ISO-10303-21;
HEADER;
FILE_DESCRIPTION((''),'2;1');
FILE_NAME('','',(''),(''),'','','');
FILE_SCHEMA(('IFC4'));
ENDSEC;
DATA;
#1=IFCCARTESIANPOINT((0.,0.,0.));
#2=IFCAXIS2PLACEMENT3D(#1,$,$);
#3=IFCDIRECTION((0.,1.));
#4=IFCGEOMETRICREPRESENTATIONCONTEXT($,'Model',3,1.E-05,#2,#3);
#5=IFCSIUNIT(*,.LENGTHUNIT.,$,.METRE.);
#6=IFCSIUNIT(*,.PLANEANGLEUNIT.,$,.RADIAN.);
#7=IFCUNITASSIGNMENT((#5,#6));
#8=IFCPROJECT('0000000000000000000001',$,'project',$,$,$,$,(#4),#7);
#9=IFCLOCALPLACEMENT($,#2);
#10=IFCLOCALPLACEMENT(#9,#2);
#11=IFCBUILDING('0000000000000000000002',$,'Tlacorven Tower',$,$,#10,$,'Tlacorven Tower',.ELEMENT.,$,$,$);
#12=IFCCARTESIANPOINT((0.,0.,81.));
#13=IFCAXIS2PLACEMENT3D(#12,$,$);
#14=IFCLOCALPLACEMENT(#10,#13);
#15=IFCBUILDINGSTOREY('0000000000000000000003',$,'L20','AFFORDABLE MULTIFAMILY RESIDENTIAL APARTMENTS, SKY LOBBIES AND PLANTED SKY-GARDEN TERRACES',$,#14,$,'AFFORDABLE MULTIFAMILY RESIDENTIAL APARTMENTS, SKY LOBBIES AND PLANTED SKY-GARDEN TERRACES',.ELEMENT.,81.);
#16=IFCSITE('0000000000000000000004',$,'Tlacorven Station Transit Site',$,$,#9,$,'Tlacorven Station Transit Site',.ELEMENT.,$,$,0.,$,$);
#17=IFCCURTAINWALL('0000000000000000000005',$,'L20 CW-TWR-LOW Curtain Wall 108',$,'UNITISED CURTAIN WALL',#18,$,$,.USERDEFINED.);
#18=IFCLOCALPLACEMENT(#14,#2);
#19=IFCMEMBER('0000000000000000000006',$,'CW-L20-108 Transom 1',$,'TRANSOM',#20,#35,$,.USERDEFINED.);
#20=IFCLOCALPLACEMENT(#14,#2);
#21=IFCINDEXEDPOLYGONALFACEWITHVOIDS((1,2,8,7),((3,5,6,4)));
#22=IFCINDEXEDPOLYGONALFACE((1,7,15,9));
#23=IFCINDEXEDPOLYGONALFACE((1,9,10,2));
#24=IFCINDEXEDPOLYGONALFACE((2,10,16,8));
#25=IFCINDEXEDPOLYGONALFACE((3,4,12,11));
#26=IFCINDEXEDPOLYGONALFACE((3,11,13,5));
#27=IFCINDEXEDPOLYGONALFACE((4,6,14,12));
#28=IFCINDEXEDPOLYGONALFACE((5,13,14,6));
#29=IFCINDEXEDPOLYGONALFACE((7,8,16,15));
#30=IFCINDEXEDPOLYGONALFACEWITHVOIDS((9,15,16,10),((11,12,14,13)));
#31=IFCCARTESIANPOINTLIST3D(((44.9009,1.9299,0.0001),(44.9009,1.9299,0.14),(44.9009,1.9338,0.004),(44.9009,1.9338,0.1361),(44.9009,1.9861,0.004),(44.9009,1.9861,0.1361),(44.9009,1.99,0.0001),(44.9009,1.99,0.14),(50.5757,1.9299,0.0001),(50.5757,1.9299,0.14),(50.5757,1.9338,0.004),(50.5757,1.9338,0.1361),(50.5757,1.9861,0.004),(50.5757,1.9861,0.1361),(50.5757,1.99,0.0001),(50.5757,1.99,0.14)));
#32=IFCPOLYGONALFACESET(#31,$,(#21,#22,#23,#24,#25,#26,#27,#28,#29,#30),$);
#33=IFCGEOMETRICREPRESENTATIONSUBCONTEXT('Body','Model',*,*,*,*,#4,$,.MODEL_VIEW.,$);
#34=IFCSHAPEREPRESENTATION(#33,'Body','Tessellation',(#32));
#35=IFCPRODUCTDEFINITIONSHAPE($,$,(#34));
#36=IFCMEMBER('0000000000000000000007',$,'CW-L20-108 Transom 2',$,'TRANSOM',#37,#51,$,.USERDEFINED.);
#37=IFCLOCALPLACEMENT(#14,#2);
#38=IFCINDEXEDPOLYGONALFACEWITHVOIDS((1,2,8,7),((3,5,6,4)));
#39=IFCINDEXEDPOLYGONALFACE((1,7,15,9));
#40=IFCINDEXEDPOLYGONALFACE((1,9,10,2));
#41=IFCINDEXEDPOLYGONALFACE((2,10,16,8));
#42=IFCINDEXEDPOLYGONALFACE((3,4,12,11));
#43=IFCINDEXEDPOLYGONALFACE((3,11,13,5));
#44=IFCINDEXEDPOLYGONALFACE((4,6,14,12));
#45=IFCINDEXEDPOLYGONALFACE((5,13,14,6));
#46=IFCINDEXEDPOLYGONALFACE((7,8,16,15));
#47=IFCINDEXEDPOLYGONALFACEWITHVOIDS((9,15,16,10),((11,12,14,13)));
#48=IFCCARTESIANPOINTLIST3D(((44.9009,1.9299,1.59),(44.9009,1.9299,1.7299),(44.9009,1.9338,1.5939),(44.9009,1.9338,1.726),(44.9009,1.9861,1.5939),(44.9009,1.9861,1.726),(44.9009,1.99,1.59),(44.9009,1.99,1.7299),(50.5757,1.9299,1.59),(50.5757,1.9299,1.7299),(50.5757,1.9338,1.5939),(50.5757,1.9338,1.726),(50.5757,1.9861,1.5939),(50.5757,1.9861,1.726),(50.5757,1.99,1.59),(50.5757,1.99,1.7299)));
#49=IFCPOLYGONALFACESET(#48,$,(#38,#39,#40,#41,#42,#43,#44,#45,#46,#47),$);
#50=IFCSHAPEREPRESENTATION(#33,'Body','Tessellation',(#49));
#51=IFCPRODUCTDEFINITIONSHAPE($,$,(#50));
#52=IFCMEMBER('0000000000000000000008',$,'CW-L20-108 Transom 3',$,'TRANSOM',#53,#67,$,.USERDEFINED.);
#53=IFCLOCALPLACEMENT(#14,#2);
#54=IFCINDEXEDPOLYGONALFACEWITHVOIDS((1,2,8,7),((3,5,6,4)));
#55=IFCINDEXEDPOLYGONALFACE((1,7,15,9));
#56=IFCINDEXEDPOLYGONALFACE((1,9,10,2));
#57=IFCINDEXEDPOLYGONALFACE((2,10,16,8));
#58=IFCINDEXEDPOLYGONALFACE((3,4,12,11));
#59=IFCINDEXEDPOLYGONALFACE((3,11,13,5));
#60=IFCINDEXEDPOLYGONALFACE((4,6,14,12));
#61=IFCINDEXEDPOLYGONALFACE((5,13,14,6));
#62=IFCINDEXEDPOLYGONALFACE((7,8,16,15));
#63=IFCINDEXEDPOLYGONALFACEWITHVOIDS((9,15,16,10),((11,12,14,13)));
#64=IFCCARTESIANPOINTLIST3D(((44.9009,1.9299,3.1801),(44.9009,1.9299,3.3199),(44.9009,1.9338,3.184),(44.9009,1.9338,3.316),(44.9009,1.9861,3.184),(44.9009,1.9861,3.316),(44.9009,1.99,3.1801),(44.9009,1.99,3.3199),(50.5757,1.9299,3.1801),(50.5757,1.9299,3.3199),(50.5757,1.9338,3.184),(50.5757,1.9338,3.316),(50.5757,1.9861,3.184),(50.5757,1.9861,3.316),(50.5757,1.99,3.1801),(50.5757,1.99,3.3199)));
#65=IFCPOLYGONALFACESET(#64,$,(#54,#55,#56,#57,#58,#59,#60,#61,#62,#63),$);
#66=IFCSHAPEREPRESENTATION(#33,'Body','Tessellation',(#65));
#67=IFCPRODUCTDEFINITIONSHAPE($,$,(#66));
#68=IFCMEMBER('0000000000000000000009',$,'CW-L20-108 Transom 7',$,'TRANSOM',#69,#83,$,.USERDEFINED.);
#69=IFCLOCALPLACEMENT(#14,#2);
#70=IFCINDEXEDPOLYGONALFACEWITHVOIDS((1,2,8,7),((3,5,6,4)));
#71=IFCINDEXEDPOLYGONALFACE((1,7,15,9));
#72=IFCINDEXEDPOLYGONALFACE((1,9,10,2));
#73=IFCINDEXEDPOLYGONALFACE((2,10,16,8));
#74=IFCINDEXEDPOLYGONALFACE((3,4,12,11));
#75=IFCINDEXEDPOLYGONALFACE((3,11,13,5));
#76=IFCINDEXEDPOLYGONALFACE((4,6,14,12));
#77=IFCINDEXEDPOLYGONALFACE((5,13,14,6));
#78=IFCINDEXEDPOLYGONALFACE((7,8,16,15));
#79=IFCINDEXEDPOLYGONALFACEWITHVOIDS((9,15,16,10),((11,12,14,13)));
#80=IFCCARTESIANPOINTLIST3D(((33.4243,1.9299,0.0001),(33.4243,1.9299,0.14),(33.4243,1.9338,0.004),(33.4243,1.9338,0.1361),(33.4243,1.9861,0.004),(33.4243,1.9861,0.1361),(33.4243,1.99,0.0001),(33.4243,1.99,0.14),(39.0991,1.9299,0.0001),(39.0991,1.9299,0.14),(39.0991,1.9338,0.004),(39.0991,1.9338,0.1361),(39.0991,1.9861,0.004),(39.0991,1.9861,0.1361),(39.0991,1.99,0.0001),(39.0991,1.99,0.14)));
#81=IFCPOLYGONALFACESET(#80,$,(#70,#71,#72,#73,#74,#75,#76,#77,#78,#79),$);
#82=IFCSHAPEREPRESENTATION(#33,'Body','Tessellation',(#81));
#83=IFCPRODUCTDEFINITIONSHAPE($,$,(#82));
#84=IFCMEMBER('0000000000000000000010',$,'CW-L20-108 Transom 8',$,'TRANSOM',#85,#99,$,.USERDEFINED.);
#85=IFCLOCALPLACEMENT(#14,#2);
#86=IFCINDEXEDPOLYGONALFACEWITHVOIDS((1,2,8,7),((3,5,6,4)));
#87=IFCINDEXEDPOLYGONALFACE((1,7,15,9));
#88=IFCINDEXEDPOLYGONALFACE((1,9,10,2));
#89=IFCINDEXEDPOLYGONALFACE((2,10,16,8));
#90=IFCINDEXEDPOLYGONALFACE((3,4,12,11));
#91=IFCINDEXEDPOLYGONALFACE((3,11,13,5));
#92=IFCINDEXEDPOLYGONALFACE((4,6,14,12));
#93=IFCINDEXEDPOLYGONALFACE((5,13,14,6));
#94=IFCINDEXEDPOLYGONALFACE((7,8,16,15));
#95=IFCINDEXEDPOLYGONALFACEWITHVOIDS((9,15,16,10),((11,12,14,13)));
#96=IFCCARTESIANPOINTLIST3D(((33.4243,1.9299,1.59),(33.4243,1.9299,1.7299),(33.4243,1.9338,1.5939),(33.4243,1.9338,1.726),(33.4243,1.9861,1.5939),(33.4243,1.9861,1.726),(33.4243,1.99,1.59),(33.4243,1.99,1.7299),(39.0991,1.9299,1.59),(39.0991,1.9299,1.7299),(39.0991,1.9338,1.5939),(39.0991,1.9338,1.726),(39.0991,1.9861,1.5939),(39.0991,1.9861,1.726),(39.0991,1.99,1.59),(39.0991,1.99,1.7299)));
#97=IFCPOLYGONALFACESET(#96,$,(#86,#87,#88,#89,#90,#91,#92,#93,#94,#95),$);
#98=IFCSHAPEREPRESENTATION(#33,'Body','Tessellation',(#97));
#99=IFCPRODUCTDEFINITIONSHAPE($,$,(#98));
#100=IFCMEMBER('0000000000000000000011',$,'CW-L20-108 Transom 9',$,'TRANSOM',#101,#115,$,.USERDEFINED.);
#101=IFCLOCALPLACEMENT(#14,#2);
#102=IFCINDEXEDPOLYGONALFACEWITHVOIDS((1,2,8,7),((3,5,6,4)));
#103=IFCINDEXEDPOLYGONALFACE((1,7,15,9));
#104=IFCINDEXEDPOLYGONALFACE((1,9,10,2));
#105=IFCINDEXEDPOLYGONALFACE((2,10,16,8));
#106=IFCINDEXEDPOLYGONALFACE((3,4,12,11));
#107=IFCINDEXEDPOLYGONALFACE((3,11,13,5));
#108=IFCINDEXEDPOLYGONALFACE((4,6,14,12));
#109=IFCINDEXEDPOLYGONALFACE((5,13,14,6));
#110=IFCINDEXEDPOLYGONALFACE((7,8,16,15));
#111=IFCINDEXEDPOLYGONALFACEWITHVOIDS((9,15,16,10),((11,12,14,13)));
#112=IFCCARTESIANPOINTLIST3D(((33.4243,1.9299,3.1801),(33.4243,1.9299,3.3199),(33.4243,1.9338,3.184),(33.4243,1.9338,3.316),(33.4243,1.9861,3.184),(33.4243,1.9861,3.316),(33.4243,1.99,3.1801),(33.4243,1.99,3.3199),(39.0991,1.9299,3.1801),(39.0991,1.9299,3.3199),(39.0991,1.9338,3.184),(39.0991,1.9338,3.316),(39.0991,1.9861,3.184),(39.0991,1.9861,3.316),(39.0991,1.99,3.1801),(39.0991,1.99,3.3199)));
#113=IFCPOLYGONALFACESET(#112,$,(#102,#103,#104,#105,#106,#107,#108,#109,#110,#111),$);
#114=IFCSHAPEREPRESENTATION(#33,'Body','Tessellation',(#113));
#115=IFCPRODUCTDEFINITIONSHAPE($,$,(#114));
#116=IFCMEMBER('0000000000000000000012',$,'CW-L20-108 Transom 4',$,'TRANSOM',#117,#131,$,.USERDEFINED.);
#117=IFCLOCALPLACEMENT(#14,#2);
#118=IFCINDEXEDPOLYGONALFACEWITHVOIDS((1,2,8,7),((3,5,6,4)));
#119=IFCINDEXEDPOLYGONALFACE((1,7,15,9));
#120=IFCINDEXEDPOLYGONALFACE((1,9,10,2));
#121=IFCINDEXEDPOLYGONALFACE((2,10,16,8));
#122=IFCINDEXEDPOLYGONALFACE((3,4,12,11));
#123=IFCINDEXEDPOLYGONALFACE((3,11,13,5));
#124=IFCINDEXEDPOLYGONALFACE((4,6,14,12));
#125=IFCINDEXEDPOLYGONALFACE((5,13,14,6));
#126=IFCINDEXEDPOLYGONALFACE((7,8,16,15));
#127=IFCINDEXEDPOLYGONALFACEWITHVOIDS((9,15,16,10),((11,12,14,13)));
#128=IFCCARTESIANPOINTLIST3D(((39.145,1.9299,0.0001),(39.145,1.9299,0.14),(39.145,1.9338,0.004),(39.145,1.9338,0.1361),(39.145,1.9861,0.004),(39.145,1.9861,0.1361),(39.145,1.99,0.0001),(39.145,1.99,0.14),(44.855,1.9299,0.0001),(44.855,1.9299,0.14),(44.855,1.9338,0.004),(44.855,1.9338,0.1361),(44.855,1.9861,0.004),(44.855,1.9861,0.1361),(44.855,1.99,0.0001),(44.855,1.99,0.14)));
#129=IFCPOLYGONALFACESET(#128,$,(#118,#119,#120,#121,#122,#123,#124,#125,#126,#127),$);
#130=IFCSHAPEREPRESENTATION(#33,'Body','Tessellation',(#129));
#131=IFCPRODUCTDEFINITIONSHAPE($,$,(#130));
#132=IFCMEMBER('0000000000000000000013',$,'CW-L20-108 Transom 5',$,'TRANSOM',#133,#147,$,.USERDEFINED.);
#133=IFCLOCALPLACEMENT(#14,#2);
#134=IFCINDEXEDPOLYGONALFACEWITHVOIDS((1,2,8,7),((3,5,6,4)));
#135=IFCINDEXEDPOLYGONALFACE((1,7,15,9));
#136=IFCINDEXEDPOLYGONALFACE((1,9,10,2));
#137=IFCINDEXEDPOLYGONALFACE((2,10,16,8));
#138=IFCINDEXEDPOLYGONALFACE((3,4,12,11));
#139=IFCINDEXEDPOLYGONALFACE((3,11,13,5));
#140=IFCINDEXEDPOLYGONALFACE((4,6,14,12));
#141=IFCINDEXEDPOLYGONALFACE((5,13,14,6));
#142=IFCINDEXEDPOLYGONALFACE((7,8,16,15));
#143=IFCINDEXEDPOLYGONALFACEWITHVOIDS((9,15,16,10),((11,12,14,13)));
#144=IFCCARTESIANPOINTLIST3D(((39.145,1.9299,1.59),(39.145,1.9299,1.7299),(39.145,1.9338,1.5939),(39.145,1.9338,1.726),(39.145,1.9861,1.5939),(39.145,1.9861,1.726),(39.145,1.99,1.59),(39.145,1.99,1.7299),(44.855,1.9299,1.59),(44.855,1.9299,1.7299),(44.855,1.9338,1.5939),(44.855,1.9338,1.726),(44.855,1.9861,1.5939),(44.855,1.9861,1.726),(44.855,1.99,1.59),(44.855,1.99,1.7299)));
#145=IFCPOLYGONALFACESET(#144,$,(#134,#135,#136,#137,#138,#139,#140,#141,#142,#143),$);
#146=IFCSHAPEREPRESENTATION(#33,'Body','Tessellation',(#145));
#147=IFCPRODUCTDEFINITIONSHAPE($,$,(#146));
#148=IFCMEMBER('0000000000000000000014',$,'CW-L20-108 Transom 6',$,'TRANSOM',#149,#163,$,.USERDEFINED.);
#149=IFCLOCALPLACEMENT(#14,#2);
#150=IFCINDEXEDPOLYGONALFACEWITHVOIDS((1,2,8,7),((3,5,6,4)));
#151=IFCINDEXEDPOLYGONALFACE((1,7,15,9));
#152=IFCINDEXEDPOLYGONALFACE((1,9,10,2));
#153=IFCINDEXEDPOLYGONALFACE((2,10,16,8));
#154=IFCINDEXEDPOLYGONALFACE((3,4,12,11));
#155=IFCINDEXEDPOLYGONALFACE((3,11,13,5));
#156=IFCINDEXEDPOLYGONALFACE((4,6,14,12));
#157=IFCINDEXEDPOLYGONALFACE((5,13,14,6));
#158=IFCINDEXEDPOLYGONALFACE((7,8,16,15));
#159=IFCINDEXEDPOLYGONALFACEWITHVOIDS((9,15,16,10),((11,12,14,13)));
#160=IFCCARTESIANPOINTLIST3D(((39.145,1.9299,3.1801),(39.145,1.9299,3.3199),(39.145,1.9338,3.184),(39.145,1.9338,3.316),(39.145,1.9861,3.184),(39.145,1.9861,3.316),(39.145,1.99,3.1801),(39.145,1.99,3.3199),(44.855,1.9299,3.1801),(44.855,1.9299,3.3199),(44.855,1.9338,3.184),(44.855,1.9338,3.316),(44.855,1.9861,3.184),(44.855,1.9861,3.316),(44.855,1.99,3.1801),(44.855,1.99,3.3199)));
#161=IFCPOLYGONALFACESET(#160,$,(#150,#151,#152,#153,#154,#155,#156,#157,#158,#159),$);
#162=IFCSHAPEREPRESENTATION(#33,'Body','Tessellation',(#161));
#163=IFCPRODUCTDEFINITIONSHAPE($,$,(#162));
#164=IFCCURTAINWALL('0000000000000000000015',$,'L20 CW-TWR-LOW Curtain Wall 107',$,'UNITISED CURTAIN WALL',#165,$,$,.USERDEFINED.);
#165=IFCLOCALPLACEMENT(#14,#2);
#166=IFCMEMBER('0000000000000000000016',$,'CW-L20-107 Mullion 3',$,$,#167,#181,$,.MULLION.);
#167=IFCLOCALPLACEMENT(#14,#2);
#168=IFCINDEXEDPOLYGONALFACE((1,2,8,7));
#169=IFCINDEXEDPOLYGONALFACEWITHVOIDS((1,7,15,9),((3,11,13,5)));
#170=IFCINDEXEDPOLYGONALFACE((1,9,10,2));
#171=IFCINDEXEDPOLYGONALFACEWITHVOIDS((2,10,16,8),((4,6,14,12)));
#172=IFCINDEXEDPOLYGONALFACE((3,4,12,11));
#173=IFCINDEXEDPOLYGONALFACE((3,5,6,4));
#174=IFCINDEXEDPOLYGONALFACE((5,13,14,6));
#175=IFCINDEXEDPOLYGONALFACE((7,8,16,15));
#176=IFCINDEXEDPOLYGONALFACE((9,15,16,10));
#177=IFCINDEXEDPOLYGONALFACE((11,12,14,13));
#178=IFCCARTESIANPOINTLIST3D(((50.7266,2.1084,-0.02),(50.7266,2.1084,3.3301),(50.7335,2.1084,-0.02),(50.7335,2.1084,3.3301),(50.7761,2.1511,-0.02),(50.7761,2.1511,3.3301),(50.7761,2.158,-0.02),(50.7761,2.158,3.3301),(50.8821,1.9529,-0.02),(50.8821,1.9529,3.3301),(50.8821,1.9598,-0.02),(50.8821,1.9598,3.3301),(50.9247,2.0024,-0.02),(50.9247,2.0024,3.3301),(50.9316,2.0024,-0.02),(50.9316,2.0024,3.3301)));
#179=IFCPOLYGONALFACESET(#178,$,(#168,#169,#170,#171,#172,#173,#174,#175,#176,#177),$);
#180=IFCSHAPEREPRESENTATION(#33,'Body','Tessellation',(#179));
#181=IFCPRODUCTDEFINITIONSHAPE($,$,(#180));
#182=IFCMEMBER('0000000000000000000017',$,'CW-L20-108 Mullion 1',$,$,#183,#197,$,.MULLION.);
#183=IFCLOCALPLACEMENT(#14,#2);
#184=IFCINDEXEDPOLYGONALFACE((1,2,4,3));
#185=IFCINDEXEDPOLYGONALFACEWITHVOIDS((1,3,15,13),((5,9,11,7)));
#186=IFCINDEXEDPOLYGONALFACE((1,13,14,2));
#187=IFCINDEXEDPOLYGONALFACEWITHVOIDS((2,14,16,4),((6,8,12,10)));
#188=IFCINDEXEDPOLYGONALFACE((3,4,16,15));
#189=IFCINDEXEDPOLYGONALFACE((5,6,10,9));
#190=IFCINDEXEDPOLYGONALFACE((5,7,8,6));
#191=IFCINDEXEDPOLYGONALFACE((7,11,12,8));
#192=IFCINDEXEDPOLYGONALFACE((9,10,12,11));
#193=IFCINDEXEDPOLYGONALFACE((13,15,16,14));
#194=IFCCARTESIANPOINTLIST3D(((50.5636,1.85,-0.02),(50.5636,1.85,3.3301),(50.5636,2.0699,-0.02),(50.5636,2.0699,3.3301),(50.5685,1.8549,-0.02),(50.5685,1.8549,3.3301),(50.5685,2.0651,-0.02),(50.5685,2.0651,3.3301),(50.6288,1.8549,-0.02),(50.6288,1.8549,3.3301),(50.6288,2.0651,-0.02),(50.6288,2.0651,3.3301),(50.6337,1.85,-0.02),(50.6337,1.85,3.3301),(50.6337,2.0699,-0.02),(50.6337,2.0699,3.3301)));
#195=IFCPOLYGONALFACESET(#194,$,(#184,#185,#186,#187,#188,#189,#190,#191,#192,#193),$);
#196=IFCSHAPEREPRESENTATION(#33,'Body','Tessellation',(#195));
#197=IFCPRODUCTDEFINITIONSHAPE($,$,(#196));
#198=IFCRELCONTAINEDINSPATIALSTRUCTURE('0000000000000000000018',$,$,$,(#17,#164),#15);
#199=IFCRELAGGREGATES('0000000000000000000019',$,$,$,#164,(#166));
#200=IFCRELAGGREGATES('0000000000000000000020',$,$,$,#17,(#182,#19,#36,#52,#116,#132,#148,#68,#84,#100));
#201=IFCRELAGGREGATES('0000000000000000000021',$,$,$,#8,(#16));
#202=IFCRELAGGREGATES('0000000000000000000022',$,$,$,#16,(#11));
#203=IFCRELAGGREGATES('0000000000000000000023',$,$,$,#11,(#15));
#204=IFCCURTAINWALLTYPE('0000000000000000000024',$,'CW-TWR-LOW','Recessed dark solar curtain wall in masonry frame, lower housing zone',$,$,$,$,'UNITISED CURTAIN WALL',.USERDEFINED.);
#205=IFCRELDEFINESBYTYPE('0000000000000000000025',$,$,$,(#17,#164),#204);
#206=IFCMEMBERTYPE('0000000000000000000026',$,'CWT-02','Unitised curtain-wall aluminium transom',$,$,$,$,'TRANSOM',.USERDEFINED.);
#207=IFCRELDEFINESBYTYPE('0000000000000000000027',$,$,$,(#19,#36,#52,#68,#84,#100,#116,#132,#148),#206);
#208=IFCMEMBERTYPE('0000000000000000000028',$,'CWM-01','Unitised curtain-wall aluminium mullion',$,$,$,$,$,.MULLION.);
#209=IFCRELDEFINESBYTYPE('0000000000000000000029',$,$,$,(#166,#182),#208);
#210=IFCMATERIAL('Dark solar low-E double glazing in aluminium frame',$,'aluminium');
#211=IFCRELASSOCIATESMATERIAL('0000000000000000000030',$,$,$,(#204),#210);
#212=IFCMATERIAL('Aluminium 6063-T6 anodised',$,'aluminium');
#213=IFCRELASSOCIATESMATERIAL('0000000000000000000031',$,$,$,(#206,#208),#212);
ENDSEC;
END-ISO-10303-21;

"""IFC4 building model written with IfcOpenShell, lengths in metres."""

from ifc_helpers import new_model, si_unit, direction, frame, origin, origin_2d, place, context, subcontext, project, spatial, hollow_rectangle, extrude, source, transform, mapped, material, material_profile, profile_set, type_object, element, aggregate, save


model = new_model("IFC4")

# Units and contexts
model_context = context("Model", 3, precision=1e-05, world=origin(), true_north=direction((0.0, 1.0)))
body_context = subcontext(model_context, "Body", "Model", "MODEL_VIEW")
ifc_project = project(units=[si_unit("LENGTHUNIT", "METRE"), si_unit("PLANEANGLEUNIT", "RADIAN")], contexts=[model_context])

# Site, building, storey
site_placement = place(None, origin())
site = spatial("IfcSite", under=ifc_project, at=site_placement, Name="Tlacorven Station Transit Site", LongName="Tlacorven Station Transit Site", CompositionType="ELEMENT", RefElevation=0.0)
building_placement = place(site_placement, origin())
building = spatial("IfcBuilding", under=site, at=building_placement, Name="Tlacorven Tower", LongName="Tlacorven Tower", CompositionType="ELEMENT")
storey_placement = place(building_placement, frame((0.0, 0.0, 81.0)))
storey = spatial("IfcBuildingStorey", under=building, at=storey_placement, Name="L20", Description="AFFORDABLE MULTIFAMILY RESIDENTIAL APARTMENTS, SKY LOBBIES AND PLANTED SKY-GARDEN TERRACES", LongName="AFFORDABLE MULTIFAMILY RESIDENTIAL APARTMENTS, SKY LOBBIES AND PLANTED SKY-GARDEN TERRACES", CompositionType="ELEMENT", Elevation=81.0)

# Curtain wall, members
ifc_material_1 = material(Name="Dark solar low-E double glazing in aluminium frame", Category="aluminium")
curtain_wall_type = type_object("IfcCurtainWallType", Name="CW-TWR-LOW", Description="Recessed dark solar curtain wall in masonry frame, lower housing zone", ElementType="UNITISED CURTAIN WALL", PredefinedType="USERDEFINED", material=ifc_material_1)
curtain_wall_1_placement = place(storey_placement, origin())
curtain_wall_1 = element("IfcCurtainWall", 1, at=curtain_wall_1_placement, inside=storey, type_object=curtain_wall_type, Name="L20 CW-TWR-LOW Curtain Wall 108", ObjectType="UNITISED CURTAIN WALL", PredefinedType="USERDEFINED")
ifc_material_2 = material(Name="Aluminium 6063-T6 anodised", Category="aluminium")
ifc_material_profile_1 = material_profile(ifc_material_2, hollow_rectangle(XDim=0.0601, YDim=0.1399, WallThickness=0.0039, at=origin_2d()), Name="ALU TRANSOM 60X140")
ifc_profile_set_1 = profile_set([ifc_material_profile_1], Name="Aluminium 6063-T6 anodised")
member_type_1 = type_object("IfcMemberType", Name="CWT-02", Description="Unitised curtain-wall aluminium transom", ElementType="TRANSOM", PredefinedType="USERDEFINED", material=ifc_profile_set_1)
shared_shape_1 = source(origin(), body_context, "Body", "SweptSolid", [
    extrude(hollow_rectangle(XDim=0.0601, YDim=0.1399, WallThickness=0.0039, at=origin_2d()), origin(), (0.0, 0.0, 1.0), 5.6748),
])
member_1_placement = place(storey_placement, frame((50.5757, 1.96, 0.0701), z_axis=(-1.0, 0.0, 0.0), x_axis=(0.0, -1.0, 0.0)))
member_1 = element("IfcMember", 2, at=member_1_placement, type_object=member_type_1, Name="CW-L20-108 Transom 1", ObjectType="TRANSOM", PredefinedType="USERDEFINED", context=body_context, shape_type="MappedRepresentation", body=[
    mapped(shared_shape_1, transform((0.0, 0.0, 0.0), scale=1.0)),
])
member_2_placement = place(storey_placement, frame((50.5757, 1.96, 1.6599), z_axis=(-1.0, 0.0, 0.0), x_axis=(0.0, -1.0, 0.0)))
member_2 = element("IfcMember", 3, at=member_2_placement, type_object=member_type_1, Name="CW-L20-108 Transom 2", ObjectType="TRANSOM", PredefinedType="USERDEFINED", context=body_context, shape_type="MappedRepresentation", body=[
    mapped(shared_shape_1, transform((0.0, 0.0, 0.0), scale=1.0)),
])
member_3_placement = place(storey_placement, frame((50.5757, 1.96, 3.25), z_axis=(-1.0, 0.0, 0.0), x_axis=(0.0, -1.0, 0.0)))
member_3 = element("IfcMember", 4, at=member_3_placement, type_object=member_type_1, Name="CW-L20-108 Transom 3", ObjectType="TRANSOM", PredefinedType="USERDEFINED", context=body_context, shape_type="MappedRepresentation", body=[
    mapped(shared_shape_1, transform((0.0, 0.0, 0.0), scale=1.0)),
])
member_4_placement = place(storey_placement, frame((39.0991, 1.96, 0.0701), z_axis=(-1.0, 0.0, 0.0), x_axis=(0.0, -1.0, 0.0)))
member_4 = element("IfcMember", 5, at=member_4_placement, type_object=member_type_1, Name="CW-L20-108 Transom 7", ObjectType="TRANSOM", PredefinedType="USERDEFINED", context=body_context, shape_type="MappedRepresentation", body=[
    mapped(shared_shape_1, transform((0.0, 0.0, 0.0), scale=1.0)),
])
member_5_placement = place(storey_placement, frame((39.0991, 1.96, 1.6599), z_axis=(-1.0, 0.0, 0.0), x_axis=(0.0, -1.0, 0.0)))
member_5 = element("IfcMember", 6, at=member_5_placement, type_object=member_type_1, Name="CW-L20-108 Transom 8", ObjectType="TRANSOM", PredefinedType="USERDEFINED", context=body_context, shape_type="MappedRepresentation", body=[
    mapped(shared_shape_1, transform((0.0, 0.0, 0.0), scale=1.0)),
])
member_6_placement = place(storey_placement, frame((39.0991, 1.96, 3.25), z_axis=(-1.0, 0.0, 0.0), x_axis=(0.0, -1.0, 0.0)))
member_6 = element("IfcMember", 7, at=member_6_placement, type_object=member_type_1, Name="CW-L20-108 Transom 9", ObjectType="TRANSOM", PredefinedType="USERDEFINED", context=body_context, shape_type="MappedRepresentation", body=[
    mapped(shared_shape_1, transform((0.0, 0.0, 0.0), scale=1.0)),
])
shared_shape_2 = source(origin(), body_context, "Body", "SweptSolid", [
    extrude(hollow_rectangle(XDim=0.0601, YDim=0.1399, WallThickness=0.0039, at=origin_2d()), origin(), (0.0, 0.0, 1.0), 5.71),
])
member_7_placement = place(storey_placement, frame((44.855, 1.96, 0.0701), z_axis=(-1.0, 0.0, 0.0), x_axis=(0.0, -1.0, 0.0)))
member_7 = element("IfcMember", 8, at=member_7_placement, type_object=member_type_1, Name="CW-L20-108 Transom 4", ObjectType="TRANSOM", PredefinedType="USERDEFINED", context=body_context, shape_type="MappedRepresentation", body=[
    mapped(shared_shape_2, transform((0.0, 0.0, 0.0), scale=1.0)),
])
member_8_placement = place(storey_placement, frame((44.855, 1.96, 1.6599), z_axis=(-1.0, 0.0, 0.0), x_axis=(0.0, -1.0, 0.0)))
member_8 = element("IfcMember", 9, at=member_8_placement, type_object=member_type_1, Name="CW-L20-108 Transom 5", ObjectType="TRANSOM", PredefinedType="USERDEFINED", context=body_context, shape_type="MappedRepresentation", body=[
    mapped(shared_shape_2, transform((0.0, 0.0, 0.0), scale=1.0)),
])
member_9_placement = place(storey_placement, frame((44.855, 1.96, 3.25), z_axis=(-1.0, 0.0, 0.0), x_axis=(0.0, -1.0, 0.0)))
member_9 = element("IfcMember", 10, at=member_9_placement, type_object=member_type_1, Name="CW-L20-108 Transom 6", ObjectType="TRANSOM", PredefinedType="USERDEFINED", context=body_context, shape_type="MappedRepresentation", body=[
    mapped(shared_shape_2, transform((0.0, 0.0, 0.0), scale=1.0)),
])

# Curtain wall, member
curtain_wall_2_placement = place(storey_placement, origin())
curtain_wall_2 = element("IfcCurtainWall", 11, at=curtain_wall_2_placement, inside=storey, type_object=curtain_wall_type, Name="L20 CW-TWR-LOW Curtain Wall 107", ObjectType="UNITISED CURTAIN WALL", PredefinedType="USERDEFINED")
ifc_material_profile_2 = material_profile(ifc_material_2, hollow_rectangle(XDim=0.0701, YDim=0.22, WallThickness=0.0049, at=origin_2d()), Name="ALU MULLION 70X220")
ifc_profile_set_2 = profile_set([ifc_material_profile_2], Name="Aluminium 6063-T6 anodised")
member_type_2 = type_object("IfcMemberType", Name="CWM-01", Description="Unitised curtain-wall aluminium mullion", PredefinedType="MULLION", material=ifc_profile_set_2)
shared_shape_3 = source(origin(), body_context, "Body", "SweptSolid", [
    extrude(hollow_rectangle(XDim=0.0701, YDim=0.22, WallThickness=0.0049, at=origin_2d()), origin(), (0.0, 0.0, 1.0), 3.3501),
])
member_10_placement = place(storey_placement, frame((50.8291, 2.0554, -0.02), z_axis=(0.0, 0.0, 1.0), x_axis=(-0.707107, -0.707107, 0.0)))
member_10 = element("IfcMember", 12, at=member_10_placement, type_object=member_type_2, Name="CW-L20-107 Mullion 3", PredefinedType="MULLION", context=body_context, shape_type="MappedRepresentation", body=[
    mapped(shared_shape_3, transform((0.0, 0.0, 0.0), scale=1.0)),
])
aggregate(curtain_wall_2, [member_10])

# Member
member_11_placement = place(storey_placement, frame((50.5986, 1.96, -0.02), z_axis=(0.0, 0.0, 1.0), x_axis=(-1.0, 0.0, 0.0)))
member_11 = element("IfcMember", 13, at=member_11_placement, type_object=member_type_2, Name="CW-L20-108 Mullion 1", PredefinedType="MULLION", context=body_context, shape_type="MappedRepresentation", body=[
    mapped(shared_shape_3, transform((0.0, 0.0, 0.0), scale=1.0)),
])

aggregate(curtain_wall_1, [member_11, member_1, member_2, member_3, member_7, member_8, member_9, member_4, member_5, member_6])

save(model, "model.ifc")
